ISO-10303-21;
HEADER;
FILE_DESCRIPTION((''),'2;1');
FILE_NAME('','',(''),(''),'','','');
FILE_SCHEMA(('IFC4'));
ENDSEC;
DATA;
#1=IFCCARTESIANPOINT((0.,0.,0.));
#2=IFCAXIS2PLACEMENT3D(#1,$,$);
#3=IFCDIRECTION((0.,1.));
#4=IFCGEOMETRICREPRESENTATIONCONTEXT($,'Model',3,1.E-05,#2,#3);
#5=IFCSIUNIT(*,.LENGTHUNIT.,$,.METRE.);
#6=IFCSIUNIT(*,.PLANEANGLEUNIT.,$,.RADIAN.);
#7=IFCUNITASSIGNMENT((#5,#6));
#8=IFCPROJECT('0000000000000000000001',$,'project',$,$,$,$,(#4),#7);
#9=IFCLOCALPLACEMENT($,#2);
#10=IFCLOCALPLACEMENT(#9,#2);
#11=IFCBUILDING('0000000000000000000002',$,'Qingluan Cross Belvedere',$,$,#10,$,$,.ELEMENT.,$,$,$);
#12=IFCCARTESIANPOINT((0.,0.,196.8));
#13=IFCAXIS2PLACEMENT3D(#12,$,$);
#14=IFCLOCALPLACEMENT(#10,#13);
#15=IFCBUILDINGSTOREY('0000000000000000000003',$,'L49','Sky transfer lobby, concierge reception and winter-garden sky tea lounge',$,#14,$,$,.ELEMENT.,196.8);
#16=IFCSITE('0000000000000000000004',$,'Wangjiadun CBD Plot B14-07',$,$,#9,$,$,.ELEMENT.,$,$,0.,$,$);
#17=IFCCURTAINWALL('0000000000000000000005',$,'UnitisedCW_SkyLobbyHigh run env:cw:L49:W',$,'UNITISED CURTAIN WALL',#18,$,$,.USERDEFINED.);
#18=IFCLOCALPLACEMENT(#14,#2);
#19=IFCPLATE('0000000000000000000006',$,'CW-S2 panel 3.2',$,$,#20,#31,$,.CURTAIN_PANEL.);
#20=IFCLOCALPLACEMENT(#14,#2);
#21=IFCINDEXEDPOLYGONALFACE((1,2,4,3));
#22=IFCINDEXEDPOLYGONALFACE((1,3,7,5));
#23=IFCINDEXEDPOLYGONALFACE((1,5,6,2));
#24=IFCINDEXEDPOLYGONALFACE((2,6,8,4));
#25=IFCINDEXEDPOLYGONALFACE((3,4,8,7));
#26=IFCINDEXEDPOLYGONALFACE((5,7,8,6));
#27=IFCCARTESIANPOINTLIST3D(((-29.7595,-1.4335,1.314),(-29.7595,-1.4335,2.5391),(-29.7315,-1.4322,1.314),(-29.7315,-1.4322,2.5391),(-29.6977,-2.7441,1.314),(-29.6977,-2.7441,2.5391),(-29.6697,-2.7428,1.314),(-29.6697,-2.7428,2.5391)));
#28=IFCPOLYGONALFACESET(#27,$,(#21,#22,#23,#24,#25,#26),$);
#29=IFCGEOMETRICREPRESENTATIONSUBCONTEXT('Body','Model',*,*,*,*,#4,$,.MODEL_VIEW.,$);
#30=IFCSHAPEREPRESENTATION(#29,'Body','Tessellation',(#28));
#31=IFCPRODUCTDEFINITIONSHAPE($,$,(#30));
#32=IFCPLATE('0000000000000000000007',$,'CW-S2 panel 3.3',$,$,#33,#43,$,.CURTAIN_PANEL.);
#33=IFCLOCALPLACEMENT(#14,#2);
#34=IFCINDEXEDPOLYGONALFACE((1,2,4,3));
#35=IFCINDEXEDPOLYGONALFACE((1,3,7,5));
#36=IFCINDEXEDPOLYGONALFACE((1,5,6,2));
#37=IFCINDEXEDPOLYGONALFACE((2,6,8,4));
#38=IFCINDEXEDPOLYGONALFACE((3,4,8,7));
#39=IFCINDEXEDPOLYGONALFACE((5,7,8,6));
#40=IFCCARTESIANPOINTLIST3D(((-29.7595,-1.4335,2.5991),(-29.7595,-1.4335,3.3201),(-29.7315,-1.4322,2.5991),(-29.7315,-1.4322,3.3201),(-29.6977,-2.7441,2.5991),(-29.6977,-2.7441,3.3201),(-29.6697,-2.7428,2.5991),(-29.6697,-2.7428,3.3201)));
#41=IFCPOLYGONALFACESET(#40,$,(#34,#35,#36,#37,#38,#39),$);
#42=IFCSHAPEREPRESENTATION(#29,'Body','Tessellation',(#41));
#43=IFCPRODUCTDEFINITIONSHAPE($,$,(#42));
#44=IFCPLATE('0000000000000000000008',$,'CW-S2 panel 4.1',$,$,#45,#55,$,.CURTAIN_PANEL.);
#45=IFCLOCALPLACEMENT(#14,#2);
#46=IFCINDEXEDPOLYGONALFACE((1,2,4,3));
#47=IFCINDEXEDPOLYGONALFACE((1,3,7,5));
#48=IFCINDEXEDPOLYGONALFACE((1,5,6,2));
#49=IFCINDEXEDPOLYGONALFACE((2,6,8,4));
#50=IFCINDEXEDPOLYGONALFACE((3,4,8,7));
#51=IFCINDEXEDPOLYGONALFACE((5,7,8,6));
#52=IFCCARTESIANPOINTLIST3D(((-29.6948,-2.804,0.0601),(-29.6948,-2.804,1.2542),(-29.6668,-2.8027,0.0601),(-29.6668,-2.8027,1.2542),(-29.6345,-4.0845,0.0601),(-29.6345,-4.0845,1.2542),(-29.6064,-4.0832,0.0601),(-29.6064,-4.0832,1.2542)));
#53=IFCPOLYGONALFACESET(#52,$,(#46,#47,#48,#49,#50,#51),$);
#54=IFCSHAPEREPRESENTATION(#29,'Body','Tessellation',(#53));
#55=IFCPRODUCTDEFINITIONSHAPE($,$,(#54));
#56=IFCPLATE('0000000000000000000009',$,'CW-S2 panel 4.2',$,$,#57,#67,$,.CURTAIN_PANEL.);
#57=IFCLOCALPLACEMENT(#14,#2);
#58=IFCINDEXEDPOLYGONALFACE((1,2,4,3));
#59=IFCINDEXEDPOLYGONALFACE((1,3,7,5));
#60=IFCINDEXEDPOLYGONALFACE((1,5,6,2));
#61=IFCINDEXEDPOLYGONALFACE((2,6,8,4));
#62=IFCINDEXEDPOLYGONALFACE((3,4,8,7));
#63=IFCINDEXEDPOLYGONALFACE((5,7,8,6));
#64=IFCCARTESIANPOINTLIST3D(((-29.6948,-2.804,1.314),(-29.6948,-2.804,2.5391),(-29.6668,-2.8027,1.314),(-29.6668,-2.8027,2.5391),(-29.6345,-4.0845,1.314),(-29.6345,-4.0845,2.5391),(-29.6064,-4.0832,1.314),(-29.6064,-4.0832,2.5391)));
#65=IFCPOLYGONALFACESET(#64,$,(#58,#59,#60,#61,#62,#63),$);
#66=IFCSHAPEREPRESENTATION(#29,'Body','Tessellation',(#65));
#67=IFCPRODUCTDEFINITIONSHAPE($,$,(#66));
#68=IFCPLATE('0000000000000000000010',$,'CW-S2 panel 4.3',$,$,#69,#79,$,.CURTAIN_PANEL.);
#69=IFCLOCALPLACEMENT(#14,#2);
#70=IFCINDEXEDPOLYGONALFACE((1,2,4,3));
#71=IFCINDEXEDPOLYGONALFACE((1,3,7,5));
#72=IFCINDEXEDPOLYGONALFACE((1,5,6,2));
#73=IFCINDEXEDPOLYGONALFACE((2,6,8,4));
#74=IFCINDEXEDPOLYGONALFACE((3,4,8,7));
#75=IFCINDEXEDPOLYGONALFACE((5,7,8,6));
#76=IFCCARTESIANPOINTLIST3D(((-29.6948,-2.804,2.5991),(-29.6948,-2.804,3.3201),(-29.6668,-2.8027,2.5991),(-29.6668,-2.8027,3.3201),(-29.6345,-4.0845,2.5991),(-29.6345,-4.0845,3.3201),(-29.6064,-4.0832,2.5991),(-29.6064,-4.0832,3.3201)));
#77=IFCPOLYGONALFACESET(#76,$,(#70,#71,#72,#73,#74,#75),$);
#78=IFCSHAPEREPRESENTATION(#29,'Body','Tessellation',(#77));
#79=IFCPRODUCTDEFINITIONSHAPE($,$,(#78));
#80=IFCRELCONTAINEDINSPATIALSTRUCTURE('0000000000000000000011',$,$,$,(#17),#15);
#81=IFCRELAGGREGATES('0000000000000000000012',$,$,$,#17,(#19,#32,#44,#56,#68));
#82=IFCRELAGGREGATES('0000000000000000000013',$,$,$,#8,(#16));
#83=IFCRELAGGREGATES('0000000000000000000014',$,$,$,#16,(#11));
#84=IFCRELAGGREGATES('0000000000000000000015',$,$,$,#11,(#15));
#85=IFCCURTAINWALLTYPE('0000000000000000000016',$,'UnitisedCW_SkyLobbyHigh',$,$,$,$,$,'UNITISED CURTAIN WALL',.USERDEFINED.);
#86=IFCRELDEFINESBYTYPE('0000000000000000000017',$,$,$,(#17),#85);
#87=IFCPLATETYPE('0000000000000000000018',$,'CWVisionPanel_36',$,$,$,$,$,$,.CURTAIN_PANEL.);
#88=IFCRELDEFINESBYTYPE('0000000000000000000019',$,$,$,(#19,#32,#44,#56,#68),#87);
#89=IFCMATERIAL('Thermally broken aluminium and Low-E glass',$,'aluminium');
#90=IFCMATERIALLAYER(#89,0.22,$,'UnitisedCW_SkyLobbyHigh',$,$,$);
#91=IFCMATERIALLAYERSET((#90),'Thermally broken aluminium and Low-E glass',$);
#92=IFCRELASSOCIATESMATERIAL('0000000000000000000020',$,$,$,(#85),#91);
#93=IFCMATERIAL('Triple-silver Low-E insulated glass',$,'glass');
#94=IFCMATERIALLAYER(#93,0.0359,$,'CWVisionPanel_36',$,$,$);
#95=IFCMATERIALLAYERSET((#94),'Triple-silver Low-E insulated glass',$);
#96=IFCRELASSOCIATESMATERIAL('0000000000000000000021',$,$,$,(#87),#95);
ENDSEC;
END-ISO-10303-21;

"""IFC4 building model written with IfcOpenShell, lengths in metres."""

from ifc_helpers import new_model, si_unit, direction, frame, origin, origin_2d, place, context, subcontext, project, spatial, rectangle, extrude, material, layer, layer_set, type_object, element, aggregate, save


model = new_model("IFC4")

# Units and contexts
model_context = context("Model", 3, precision=1e-05, world=origin(), true_north=direction((0.0, 1.0)))
body_context = subcontext(model_context, "Body", "Model", "MODEL_VIEW")
ifc_project = project(units=[si_unit("LENGTHUNIT", "METRE"), si_unit("PLANEANGLEUNIT", "RADIAN")], contexts=[model_context])

# Site, building, storey
site_placement = place(None, origin())
site = spatial("IfcSite", under=ifc_project, at=site_placement, Name="Wangjiadun CBD Plot B14-07", CompositionType="ELEMENT", RefElevation=0.0)
building_placement = place(site_placement, origin())
building = spatial("IfcBuilding", under=site, at=building_placement, Name="Qingluan Cross Belvedere", CompositionType="ELEMENT")
storey_placement = place(building_placement, frame((0.0, 0.0, 196.8)))
storey = spatial("IfcBuildingStorey", under=building, at=storey_placement, Name="L49", Description="Sky transfer lobby, concierge reception and winter-garden sky tea lounge", CompositionType="ELEMENT", Elevation=196.8)

# Curtain wall, plates
ifc_material_1 = material(Name="Thermally broken aluminium and Low-E glass", Category="aluminium")
ifc_layer_1 = layer(ifc_material_1, 0.22, Name="UnitisedCW_SkyLobbyHigh")
ifc_layer_set_1 = layer_set([ifc_layer_1], Name="Thermally broken aluminium and Low-E glass")
curtain_wall_type = type_object("IfcCurtainWallType", Name="UnitisedCW_SkyLobbyHigh", ElementType="UNITISED CURTAIN WALL", PredefinedType="USERDEFINED", material=ifc_layer_set_1)
curtain_wall_placement = place(storey_placement, origin())
curtain_wall = element("IfcCurtainWall", 1, at=curtain_wall_placement, inside=storey, type_object=curtain_wall_type, Name="UnitisedCW_SkyLobbyHigh run env:cw:L49:W", ObjectType="UNITISED CURTAIN WALL", PredefinedType="USERDEFINED")
ifc_material_2 = material(Name="Triple-silver Low-E insulated glass", Category="glass")
ifc_layer_2 = layer(ifc_material_2, 0.0359, Name="CWVisionPanel_36")
ifc_layer_set_2 = layer_set([ifc_layer_2], Name="Triple-silver Low-E insulated glass")
plate_type = type_object("IfcPlateType", Name="CWVisionPanel_36", PredefinedType="CURTAIN_PANEL", material=ifc_layer_set_2)
plate_1_placement = place(storey_placement, frame((-29.7146, -2.0881, 1.314), z_axis=(0.0, 0.0, 1.0), x_axis=(0.047102, -0.99889, 0.0)))
plate_1 = element("IfcPlate", 2, at=plate_1_placement, type_object=plate_type, Name="CW-S2 panel 3.2", PredefinedType="CURTAIN_PANEL", context=body_context, shape_type="SweptSolid", body=[
    extrude(rectangle(XDim=1.312, YDim=0.0281, at=origin_2d()), origin(), (0.0, 0.0, 1.0), 1.2251),
])
plate_2_placement = place(storey_placement, frame((-29.7146, -2.0881, 2.5991), z_axis=(0.0, 0.0, 1.0), x_axis=(0.047102, -0.99889, 0.0)))
plate_2 = element("IfcPlate", 3, at=plate_2_placement, type_object=plate_type, Name="CW-S2 panel 3.3", PredefinedType="CURTAIN_PANEL", context=body_context, shape_type="SweptSolid", body=[
    extrude(rectangle(XDim=1.312, YDim=0.0281, at=origin_2d()), origin(), (0.0, 0.0, 1.0), 0.7209),
])
plate_3_placement = place(storey_placement, frame((-29.6506, -3.4436, 0.0601), z_axis=(0.0, 0.0, 1.0), x_axis=(0.047102, -0.99889, 0.0)))
plate_3 = element("IfcPlate", 4, at=plate_3_placement, type_object=plate_type, Name="CW-S2 panel 4.1", PredefinedType="CURTAIN_PANEL", context=body_context, shape_type="SweptSolid", body=[
    extrude(rectangle(XDim=1.282, YDim=0.0281, at=origin_2d()), origin(), (0.0, 0.0, 1.0), 1.1941),
])
plate_4_placement = place(storey_placement, frame((-29.6506, -3.4436, 1.314), z_axis=(0.0, 0.0, 1.0), x_axis=(0.047102, -0.99889, 0.0)))
plate_4 = element("IfcPlate", 5, at=plate_4_placement, type_object=plate_type, Name="CW-S2 panel 4.2", PredefinedType="CURTAIN_PANEL", context=body_context, shape_type="SweptSolid", body=[
    extrude(rectangle(XDim=1.282, YDim=0.0281, at=origin_2d()), origin(), (0.0, 0.0, 1.0), 1.2251),
])
plate_5_placement = place(storey_placement, frame((-29.6506, -3.4436, 2.5991), z_axis=(0.0, 0.0, 1.0), x_axis=(0.047102, -0.99889, 0.0)))
plate_5 = element("IfcPlate", 6, at=plate_5_placement, type_object=plate_type, Name="CW-S2 panel 4.3", PredefinedType="CURTAIN_PANEL", context=body_context, shape_type="SweptSolid", body=[
    extrude(rectangle(XDim=1.282, YDim=0.0281, at=origin_2d()), origin(), (0.0, 0.0, 1.0), 0.7209),
])
aggregate(curtain_wall, [plate_1, plate_2, plate_3, plate_4, plate_5])

save(model, "model.ifc")
